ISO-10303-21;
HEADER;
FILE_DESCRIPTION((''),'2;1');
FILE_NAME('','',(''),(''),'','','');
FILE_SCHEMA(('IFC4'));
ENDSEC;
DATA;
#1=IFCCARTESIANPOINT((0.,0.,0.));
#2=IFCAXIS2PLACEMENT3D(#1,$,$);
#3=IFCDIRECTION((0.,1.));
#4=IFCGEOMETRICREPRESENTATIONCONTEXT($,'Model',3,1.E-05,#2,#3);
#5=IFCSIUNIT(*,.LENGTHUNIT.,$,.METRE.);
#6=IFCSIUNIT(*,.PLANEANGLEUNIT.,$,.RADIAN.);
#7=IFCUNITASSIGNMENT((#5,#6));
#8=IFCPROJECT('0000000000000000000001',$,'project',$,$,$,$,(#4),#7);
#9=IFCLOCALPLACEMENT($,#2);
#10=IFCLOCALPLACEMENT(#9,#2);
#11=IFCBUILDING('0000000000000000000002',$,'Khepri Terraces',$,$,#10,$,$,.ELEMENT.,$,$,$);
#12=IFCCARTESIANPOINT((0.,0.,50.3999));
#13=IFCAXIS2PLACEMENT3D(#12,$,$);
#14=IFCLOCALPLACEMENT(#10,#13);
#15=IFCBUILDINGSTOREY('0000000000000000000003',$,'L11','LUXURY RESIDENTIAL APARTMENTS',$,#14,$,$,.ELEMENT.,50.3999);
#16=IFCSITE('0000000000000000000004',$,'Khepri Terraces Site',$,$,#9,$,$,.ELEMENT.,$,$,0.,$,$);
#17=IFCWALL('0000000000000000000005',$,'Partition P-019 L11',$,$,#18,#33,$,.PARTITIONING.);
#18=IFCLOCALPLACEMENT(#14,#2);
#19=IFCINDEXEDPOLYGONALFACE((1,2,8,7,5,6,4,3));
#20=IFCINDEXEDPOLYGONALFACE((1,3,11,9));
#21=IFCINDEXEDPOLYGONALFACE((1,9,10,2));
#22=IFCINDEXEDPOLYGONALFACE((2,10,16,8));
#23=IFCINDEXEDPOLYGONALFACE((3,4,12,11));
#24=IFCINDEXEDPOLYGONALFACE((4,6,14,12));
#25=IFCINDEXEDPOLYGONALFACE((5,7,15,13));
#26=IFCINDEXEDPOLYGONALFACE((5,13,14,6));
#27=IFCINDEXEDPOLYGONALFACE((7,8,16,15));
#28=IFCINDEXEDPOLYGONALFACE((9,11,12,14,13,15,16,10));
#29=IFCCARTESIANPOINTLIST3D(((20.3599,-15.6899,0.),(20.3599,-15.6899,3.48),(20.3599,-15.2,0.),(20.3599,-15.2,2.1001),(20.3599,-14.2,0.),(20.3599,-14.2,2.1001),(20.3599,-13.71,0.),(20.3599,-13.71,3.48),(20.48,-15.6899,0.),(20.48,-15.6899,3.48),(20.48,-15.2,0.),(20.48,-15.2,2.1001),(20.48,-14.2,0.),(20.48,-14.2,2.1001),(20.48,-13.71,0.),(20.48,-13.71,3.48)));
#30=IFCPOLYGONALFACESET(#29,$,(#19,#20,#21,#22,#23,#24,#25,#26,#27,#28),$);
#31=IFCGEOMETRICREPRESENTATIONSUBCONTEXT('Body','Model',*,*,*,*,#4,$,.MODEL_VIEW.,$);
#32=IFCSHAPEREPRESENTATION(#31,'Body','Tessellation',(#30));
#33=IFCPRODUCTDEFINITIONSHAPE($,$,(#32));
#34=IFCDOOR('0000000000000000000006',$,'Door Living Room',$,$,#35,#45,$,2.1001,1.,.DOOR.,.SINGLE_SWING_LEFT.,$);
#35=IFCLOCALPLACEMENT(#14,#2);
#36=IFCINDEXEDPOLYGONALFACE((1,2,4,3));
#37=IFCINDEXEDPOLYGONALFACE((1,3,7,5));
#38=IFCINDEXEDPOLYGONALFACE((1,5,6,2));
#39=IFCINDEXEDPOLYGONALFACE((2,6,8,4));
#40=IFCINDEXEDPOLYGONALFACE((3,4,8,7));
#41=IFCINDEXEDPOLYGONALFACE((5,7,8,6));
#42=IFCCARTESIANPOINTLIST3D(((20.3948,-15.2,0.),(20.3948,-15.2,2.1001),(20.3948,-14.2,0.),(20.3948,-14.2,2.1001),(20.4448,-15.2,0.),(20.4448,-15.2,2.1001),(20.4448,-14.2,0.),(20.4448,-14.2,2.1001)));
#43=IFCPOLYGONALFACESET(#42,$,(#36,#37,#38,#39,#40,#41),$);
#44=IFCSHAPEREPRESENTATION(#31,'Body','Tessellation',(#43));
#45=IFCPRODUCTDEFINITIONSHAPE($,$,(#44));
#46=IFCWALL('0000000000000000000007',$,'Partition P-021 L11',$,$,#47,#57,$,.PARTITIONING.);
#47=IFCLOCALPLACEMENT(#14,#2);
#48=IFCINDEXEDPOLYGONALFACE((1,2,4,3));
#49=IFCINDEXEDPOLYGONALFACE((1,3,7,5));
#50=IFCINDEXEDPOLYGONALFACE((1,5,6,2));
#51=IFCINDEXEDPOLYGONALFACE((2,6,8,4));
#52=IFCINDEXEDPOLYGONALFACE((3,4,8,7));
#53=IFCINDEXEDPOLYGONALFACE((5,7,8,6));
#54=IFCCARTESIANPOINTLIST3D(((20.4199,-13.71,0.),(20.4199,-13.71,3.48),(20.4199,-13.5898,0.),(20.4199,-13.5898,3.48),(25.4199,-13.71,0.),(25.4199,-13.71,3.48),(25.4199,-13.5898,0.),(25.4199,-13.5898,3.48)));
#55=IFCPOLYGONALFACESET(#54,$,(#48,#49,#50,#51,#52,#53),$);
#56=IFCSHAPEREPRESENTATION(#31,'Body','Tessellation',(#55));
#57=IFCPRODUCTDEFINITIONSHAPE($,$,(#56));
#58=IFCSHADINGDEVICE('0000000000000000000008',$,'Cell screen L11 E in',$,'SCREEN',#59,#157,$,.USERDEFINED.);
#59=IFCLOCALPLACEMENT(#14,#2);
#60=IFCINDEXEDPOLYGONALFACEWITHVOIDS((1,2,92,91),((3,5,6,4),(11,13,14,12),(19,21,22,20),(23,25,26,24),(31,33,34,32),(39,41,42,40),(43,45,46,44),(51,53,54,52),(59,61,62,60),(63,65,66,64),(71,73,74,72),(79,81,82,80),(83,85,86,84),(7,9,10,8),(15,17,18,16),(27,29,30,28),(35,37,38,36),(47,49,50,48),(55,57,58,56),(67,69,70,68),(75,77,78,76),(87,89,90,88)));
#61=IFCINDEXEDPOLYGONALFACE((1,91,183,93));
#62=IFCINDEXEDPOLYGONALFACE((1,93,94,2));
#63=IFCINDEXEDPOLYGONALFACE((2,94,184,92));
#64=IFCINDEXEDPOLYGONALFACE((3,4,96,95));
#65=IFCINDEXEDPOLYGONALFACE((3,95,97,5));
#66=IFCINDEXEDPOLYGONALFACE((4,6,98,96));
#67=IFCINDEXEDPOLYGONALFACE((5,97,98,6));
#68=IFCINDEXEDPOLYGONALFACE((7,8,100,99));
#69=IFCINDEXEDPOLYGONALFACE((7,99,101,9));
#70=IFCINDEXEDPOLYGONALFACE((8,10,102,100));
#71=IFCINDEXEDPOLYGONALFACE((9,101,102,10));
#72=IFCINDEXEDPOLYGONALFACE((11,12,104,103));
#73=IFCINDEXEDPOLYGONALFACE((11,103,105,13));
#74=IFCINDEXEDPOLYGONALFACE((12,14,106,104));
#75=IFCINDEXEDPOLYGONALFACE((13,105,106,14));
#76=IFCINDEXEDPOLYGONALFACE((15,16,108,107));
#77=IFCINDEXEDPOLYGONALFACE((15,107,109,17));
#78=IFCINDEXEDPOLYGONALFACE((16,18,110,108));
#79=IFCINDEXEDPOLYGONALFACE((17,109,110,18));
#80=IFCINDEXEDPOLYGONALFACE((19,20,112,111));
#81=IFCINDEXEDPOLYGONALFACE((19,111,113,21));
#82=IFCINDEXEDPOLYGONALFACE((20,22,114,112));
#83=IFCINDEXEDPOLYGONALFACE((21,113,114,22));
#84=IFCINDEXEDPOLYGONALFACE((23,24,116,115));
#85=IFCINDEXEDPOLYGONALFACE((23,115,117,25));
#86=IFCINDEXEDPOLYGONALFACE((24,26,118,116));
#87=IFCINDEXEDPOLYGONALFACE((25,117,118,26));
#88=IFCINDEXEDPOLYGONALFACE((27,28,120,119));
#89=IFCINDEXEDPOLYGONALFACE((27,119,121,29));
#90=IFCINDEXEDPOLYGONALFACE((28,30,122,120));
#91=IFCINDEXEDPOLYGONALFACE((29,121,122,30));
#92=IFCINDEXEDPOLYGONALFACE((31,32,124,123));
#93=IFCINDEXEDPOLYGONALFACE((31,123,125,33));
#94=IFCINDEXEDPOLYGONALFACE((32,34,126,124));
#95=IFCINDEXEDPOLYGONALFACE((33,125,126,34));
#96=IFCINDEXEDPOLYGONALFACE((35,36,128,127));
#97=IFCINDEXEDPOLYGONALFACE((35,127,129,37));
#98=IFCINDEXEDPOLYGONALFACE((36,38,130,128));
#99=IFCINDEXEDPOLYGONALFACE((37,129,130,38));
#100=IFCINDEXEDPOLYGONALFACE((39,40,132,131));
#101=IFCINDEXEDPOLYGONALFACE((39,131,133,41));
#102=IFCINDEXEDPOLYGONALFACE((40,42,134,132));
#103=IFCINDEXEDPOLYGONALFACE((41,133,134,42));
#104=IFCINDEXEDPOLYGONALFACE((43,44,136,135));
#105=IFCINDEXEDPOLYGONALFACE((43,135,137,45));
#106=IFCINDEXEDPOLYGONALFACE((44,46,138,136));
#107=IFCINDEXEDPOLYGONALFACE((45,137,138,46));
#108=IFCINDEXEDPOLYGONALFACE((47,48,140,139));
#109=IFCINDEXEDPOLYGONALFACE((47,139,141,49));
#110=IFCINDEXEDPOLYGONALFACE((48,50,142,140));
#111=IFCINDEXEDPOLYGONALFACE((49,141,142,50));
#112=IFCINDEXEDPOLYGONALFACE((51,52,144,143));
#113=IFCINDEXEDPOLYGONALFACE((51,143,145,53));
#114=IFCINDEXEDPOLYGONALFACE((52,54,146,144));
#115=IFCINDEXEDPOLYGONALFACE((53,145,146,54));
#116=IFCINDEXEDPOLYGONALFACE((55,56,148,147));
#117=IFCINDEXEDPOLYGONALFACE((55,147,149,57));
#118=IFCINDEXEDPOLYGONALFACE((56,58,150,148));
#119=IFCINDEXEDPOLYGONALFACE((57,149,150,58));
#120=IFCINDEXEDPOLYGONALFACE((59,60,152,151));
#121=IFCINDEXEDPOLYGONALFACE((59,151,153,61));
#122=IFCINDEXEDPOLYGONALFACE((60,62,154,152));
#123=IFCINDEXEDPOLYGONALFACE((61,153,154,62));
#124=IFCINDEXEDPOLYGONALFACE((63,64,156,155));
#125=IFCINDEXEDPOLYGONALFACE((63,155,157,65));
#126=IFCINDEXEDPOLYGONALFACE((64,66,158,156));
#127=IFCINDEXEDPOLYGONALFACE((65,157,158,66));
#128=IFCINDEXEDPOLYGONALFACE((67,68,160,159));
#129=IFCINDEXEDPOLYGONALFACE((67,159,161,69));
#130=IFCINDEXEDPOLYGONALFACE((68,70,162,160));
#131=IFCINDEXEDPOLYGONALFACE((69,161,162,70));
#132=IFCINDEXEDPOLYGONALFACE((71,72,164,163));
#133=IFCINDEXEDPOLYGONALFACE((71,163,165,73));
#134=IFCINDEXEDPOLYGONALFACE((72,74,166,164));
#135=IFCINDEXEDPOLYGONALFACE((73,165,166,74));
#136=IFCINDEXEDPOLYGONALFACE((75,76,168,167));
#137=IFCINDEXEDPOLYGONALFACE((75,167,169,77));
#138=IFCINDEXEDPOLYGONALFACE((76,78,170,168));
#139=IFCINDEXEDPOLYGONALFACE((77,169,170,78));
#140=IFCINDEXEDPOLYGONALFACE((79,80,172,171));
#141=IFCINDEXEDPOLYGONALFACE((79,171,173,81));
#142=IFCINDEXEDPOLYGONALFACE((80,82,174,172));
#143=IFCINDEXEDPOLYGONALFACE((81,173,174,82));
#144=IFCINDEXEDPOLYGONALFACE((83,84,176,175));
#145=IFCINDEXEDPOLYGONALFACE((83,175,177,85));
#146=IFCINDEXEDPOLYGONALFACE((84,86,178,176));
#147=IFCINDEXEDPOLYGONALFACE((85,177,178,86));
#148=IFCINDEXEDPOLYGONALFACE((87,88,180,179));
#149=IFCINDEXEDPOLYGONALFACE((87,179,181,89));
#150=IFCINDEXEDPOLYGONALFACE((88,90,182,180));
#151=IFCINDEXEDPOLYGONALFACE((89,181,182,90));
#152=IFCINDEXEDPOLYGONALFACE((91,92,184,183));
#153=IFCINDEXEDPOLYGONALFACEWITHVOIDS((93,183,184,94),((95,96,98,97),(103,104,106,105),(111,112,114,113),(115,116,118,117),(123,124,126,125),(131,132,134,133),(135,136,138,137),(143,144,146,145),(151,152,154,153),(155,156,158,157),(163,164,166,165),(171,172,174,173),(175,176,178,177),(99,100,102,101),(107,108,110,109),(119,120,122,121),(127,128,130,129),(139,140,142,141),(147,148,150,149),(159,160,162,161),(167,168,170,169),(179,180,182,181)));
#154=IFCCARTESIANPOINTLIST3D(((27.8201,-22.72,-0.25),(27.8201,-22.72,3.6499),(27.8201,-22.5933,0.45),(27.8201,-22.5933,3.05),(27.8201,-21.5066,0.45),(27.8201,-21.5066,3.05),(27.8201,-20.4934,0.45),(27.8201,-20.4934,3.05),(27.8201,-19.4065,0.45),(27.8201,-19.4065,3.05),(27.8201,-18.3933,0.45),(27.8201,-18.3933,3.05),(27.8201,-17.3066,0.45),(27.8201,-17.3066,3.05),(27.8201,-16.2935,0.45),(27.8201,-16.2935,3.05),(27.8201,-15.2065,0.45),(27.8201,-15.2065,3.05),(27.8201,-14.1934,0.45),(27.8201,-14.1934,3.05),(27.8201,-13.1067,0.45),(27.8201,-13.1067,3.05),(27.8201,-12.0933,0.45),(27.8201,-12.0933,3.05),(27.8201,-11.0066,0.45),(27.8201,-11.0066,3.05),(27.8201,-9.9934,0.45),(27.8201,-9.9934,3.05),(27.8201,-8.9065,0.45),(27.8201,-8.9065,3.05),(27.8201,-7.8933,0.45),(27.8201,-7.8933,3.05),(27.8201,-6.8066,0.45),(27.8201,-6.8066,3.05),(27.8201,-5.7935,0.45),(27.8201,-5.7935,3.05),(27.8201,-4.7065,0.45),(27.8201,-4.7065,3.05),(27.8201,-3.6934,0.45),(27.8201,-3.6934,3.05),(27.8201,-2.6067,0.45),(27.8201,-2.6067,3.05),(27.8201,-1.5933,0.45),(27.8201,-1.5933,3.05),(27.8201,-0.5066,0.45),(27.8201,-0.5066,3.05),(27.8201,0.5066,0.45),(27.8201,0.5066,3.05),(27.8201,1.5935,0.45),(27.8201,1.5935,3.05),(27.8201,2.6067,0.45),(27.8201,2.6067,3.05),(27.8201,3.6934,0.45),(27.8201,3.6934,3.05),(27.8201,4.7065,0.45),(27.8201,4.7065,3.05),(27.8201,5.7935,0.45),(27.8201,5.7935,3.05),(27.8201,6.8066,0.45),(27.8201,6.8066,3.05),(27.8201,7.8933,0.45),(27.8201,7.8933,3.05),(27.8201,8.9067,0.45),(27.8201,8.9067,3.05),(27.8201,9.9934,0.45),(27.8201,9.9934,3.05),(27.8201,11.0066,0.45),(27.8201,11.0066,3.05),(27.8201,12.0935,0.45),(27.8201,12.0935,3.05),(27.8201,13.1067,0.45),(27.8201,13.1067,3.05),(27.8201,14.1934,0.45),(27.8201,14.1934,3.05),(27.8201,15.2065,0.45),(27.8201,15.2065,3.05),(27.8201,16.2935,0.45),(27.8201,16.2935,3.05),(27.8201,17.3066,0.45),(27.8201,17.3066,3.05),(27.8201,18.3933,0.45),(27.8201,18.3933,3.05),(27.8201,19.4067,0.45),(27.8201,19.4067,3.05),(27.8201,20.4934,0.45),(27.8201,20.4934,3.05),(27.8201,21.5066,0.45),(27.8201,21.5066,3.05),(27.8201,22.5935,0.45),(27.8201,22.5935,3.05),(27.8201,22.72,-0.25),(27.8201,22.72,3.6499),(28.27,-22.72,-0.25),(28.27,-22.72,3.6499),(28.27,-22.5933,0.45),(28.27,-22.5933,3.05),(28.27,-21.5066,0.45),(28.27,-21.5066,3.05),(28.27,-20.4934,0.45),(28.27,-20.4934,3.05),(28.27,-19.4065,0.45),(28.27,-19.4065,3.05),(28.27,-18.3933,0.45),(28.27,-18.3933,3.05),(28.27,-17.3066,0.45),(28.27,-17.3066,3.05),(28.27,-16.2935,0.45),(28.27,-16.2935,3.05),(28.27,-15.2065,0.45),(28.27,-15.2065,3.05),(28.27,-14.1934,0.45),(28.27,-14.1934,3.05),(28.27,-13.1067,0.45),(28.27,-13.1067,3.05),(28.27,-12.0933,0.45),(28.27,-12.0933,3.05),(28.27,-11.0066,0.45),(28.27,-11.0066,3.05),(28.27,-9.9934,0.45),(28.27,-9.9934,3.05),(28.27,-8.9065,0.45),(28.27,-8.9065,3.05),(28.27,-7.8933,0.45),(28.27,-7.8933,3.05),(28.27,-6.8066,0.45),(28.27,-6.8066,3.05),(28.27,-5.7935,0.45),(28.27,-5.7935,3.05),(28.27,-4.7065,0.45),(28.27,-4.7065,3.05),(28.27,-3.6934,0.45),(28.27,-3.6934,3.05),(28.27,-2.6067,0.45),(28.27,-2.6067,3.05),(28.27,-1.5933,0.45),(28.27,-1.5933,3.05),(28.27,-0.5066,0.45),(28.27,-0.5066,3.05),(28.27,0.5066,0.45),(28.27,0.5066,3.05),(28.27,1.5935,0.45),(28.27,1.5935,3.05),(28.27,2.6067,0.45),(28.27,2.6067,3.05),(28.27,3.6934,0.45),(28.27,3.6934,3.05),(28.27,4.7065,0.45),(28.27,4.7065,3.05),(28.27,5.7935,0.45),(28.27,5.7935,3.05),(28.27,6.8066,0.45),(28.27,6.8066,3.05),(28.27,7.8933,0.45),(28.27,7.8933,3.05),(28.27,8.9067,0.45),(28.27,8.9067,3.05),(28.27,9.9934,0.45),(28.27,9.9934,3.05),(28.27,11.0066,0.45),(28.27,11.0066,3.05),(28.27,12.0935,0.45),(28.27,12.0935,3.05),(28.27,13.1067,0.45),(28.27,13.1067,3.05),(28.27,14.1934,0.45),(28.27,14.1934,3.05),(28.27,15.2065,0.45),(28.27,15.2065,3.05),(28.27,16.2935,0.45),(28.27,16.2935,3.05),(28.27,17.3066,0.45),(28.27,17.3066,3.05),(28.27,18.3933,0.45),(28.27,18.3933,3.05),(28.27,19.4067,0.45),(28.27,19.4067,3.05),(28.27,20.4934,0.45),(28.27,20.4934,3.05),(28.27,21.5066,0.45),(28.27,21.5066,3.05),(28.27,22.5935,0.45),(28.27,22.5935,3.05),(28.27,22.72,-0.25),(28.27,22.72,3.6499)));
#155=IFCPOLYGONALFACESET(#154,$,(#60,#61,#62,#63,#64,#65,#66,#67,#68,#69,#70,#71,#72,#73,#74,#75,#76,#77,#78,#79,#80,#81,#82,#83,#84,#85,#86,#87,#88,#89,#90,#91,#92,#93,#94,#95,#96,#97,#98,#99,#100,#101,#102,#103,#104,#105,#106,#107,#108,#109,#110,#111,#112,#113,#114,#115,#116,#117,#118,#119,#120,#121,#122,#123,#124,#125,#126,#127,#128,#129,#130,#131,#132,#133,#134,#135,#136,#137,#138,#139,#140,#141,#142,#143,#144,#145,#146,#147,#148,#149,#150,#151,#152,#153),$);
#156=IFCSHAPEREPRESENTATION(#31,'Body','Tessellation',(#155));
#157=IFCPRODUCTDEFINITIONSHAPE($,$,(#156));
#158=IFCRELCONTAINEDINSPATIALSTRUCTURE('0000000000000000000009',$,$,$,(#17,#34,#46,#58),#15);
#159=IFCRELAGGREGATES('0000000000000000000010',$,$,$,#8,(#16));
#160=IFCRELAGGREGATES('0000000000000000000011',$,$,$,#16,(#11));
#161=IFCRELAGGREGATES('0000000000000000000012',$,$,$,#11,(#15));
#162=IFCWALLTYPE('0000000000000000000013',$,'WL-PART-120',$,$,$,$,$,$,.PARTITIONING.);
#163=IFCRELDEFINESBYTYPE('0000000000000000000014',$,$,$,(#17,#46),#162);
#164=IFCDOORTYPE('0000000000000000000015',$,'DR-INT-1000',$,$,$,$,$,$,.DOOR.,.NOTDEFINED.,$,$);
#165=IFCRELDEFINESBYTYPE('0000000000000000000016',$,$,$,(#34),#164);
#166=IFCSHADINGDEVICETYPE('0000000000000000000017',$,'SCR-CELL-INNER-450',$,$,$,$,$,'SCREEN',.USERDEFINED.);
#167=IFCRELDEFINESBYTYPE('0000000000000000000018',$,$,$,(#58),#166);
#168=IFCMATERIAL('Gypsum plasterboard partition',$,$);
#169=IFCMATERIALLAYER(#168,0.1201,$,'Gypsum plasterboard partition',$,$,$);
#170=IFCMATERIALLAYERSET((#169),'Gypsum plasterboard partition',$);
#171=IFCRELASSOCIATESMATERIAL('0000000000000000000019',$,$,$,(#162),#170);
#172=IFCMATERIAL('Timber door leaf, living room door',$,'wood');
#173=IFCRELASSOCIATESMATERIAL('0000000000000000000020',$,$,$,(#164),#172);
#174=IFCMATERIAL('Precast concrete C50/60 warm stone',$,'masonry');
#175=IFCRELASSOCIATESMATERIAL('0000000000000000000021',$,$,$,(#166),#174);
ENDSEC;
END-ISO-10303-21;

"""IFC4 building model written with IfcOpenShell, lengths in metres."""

from ifc_helpers import new_model, si_unit, direction, frame, frame_2d, origin, place, context, subcontext, project, spatial, polyline, rectangle, outline, extrude, material, layer, layer_set, type_object, element, fill, save


model = new_model("IFC4")

# Units and contexts
model_context = context("Model", 3, precision=1e-05, world=origin(), true_north=direction((0.0, 1.0)))
body_context = subcontext(model_context, "Body", "Model", "MODEL_VIEW")
ifc_project = project(units=[si_unit("LENGTHUNIT", "METRE"), si_unit("PLANEANGLEUNIT", "RADIAN")], contexts=[model_context])

# Site, building, storey
site_placement = place(None, origin())
site = spatial("IfcSite", under=ifc_project, at=site_placement, Name="Khepri Terraces Site", CompositionType="ELEMENT", RefElevation=0.0)
building_placement = place(site_placement, origin())
building = spatial("IfcBuilding", under=site, at=building_placement, Name="Khepri Terraces", CompositionType="ELEMENT")
storey_placement = place(building_placement, frame((0.0, 0.0, 50.3999)))
storey = spatial("IfcBuildingStorey", under=building, at=storey_placement, Name="L11", Description="LUXURY RESIDENTIAL APARTMENTS", CompositionType="ELEMENT", Elevation=50.3999)

# Shared definitions
ifc_material_1 = material(Name="Precast concrete C50/60 warm stone", Category="masonry")

# Shared definitions
ifc_material_2 = material(Name="Gypsum plasterboard partition")
ifc_layer_1 = layer(ifc_material_2, 0.1201, Name="Gypsum plasterboard partition")
ifc_layer_set_1 = layer_set([ifc_layer_1], Name="Gypsum plasterboard partition")
wall_type_1 = type_object("IfcWallType", Name="WL-PART-120", PredefinedType="PARTITIONING", material=ifc_layer_set_1)

# Wall, opening, door
ifc_material_3 = material(Name="Timber door leaf, living room door", Category="wood")
door_type_1 = type_object("IfcDoorType", Name="DR-INT-1000", OperationType="NOTDEFINED", PredefinedType="DOOR", material=ifc_material_3)
wall_1_placement = place(storey_placement, frame((20.4199, -15.6899, 0.0), z_axis=(0.0, 0.0, 1.0), x_axis=(0.0, 1.0, 0.0)))
wall_1 = element("IfcWall", 1, at=wall_1_placement, inside=storey, type_object=wall_type_1, Name="Partition P-019 L11", PredefinedType="PARTITIONING", context=body_context, shape_type="SweptSolid", body=[
    extrude(rectangle(XDim=1.98, YDim=0.1201, at=frame_2d((0.99, 0.0))), origin(), (0.0, 0.0, 1.0), 3.48),
])
opening_1_placement = place(wall_1_placement, frame((0.49, 0.0, 0.0)))
opening_1 = element("IfcOpeningElement", 2, at=opening_1_placement, cuts=wall_1, PredefinedType="OPENING", context=body_context, shape_type="SweptSolid", body=[
    extrude(rectangle(XDim=1.0, YDim=2.1001, at=frame_2d((0.5, 1.05))), frame((0.0, 0.0701, 0.0), z_axis=(0.0, -1.0, 0.0), x_axis=(1.0, 0.0, 0.0)), (0.0, 0.0, 1.0), 0.1401),
])
door_1_placement = place(opening_1_placement, frame((1.0, 0.0, 0.0), z_axis=(0.0, 0.0, 1.0), x_axis=(-1.0, 0.0, 0.0)))
door_1 = element("IfcDoor", 3, at=door_1_placement, inside=storey, type_object=door_type_1, Name="Door Living Room", OperationType="SINGLE_SWING_LEFT", OverallHeight=2.1001, OverallWidth=1.0, PredefinedType="DOOR", context=body_context, shape_type="SweptSolid", body=[
    extrude(rectangle(XDim=1.0, YDim=2.1001, at=frame_2d((0.5, 1.05))), frame((0.0, 0.0249, 0.0), z_axis=(0.0, -1.0, 0.0), x_axis=(1.0, 0.0, 0.0)), (0.0, 0.0, 1.0), 0.05),
])
fill(opening_1, door_1)

# Wall
wall_2_placement = place(storey_placement, frame((20.4199, -13.6499, 0.0), z_axis=(0.0, 0.0, 1.0), x_axis=(1.0, 0.0, 0.0)))
element("IfcWall", 4, at=wall_2_placement, inside=storey, type_object=wall_type_1, Name="Partition P-021 L11", PredefinedType="PARTITIONING", context=body_context, shape_type="SweptSolid", body=[
    extrude(rectangle(XDim=5.0, YDim=0.1201, at=frame_2d((2.5, 0.0))), origin(), (0.0, 0.0, 1.0), 3.48),
])

# Shading device
shading_device_type_1 = type_object("IfcShadingDeviceType", Name="SCR-CELL-INNER-450", ElementType="SCREEN", PredefinedType="USERDEFINED", material=ifc_material_1)
shading_device_1_placement = place(storey_placement, frame((27.8201, -22.72, -0.25), z_axis=(1.0, 0.0, 0.0), x_axis=(0.0, 1.0, 0.0)))
element("IfcShadingDevice", 5, at=shading_device_1_placement, inside=storey, type_object=shading_device_type_1, Name="Cell screen L11 E in", ObjectType="SCREEN", PredefinedType="USERDEFINED", context=body_context, shape_type="SweptSolid", body=[
    extrude(outline(polyline([(0.0, 0.0), (45.4399, 0.0), (45.4399, 3.8999), (0.0, 3.8999), (0.0, 0.0)]), holes=[polyline([(0.1267, 0.7), (1.2134, 0.7), (1.2134, 3.3), (0.1267, 3.3), (0.1267, 0.7)]), polyline([(2.2266, 0.7), (3.3135, 0.7), (3.3135, 3.3), (2.2266, 3.3), (2.2266, 0.7)]), polyline([(4.3267, 0.7), (5.4133, 0.7), (5.4133, 3.3), (4.3267, 3.3), (4.3267, 0.7)]), polyline([(6.4265, 0.7), (7.5134, 0.7), (7.5134, 3.3), (6.4265, 3.3), (6.4265, 0.7)]), polyline([(8.5266, 0.7), (9.6133, 0.7), (9.6133, 3.3), (8.5266, 3.3), (8.5266, 0.7)]), polyline([(10.6267, 0.7), (11.7134, 0.7), (11.7134, 3.3), (10.6267, 3.3), (10.6267, 0.7)]), polyline([(12.7266, 0.7), (13.8135, 0.7), (13.8135, 3.3), (12.7266, 3.3), (12.7266, 0.7)]), polyline([(14.8267, 0.7), (15.9133, 0.7), (15.9133, 3.3), (14.8267, 3.3), (14.8267, 0.7)]), polyline([(16.9265, 0.7), (18.0134, 0.7), (18.0134, 3.3), (16.9265, 3.3), (16.9265, 0.7)]), polyline([(19.0266, 0.7), (20.1133, 0.7), (20.1133, 3.3), (19.0266, 3.3), (19.0266, 0.7)]), polyline([(21.1267, 0.7), (22.2134, 0.7), (22.2134, 3.3), (21.1267, 3.3), (21.1267, 0.7)]), polyline([(23.2266, 0.7), (24.3135, 0.7), (24.3135, 3.3), (23.2266, 3.3), (23.2266, 0.7)]), polyline([(25.3267, 0.7), (26.4133, 0.7), (26.4133, 3.3), (25.3267, 3.3), (25.3267, 0.7)]), polyline([(27.4265, 0.7), (28.5134, 0.7), (28.5134, 3.3), (27.4265, 3.3), (27.4265, 0.7)]), polyline([(29.5266, 0.7), (30.6133, 0.7), (30.6133, 3.3), (29.5266, 3.3), (29.5266, 0.7)]), polyline([(31.6267, 0.7), (32.7134, 0.7), (32.7134, 3.3), (31.6267, 3.3), (31.6267, 0.7)]), polyline([(33.7266, 0.7), (34.8135, 0.7), (34.8135, 3.3), (33.7266, 3.3), (33.7266, 0.7)]), polyline([(35.8267, 0.7), (36.9133, 0.7), (36.9133, 3.3), (35.8267, 3.3), (35.8267, 0.7)]), polyline([(37.9265, 0.7), (39.0134, 0.7), (39.0134, 3.3), (37.9265, 3.3), (37.9265, 0.7)]), polyline([(40.0266, 0.7), (41.1133, 0.7), (41.1133, 3.3), (40.0266, 3.3), (40.0266, 0.7)]), polyline([(42.1267, 0.7), (43.2134, 0.7), (43.2134, 3.3), (42.1267, 3.3), (42.1267, 0.7)]), polyline([(44.2266, 0.7), (45.3135, 0.7), (45.3135, 3.3), (44.2266, 3.3), (44.2266, 0.7)])]), origin(), (0.0, 0.0, 1.0), 0.45),
])

save(model, "model.ifc")
